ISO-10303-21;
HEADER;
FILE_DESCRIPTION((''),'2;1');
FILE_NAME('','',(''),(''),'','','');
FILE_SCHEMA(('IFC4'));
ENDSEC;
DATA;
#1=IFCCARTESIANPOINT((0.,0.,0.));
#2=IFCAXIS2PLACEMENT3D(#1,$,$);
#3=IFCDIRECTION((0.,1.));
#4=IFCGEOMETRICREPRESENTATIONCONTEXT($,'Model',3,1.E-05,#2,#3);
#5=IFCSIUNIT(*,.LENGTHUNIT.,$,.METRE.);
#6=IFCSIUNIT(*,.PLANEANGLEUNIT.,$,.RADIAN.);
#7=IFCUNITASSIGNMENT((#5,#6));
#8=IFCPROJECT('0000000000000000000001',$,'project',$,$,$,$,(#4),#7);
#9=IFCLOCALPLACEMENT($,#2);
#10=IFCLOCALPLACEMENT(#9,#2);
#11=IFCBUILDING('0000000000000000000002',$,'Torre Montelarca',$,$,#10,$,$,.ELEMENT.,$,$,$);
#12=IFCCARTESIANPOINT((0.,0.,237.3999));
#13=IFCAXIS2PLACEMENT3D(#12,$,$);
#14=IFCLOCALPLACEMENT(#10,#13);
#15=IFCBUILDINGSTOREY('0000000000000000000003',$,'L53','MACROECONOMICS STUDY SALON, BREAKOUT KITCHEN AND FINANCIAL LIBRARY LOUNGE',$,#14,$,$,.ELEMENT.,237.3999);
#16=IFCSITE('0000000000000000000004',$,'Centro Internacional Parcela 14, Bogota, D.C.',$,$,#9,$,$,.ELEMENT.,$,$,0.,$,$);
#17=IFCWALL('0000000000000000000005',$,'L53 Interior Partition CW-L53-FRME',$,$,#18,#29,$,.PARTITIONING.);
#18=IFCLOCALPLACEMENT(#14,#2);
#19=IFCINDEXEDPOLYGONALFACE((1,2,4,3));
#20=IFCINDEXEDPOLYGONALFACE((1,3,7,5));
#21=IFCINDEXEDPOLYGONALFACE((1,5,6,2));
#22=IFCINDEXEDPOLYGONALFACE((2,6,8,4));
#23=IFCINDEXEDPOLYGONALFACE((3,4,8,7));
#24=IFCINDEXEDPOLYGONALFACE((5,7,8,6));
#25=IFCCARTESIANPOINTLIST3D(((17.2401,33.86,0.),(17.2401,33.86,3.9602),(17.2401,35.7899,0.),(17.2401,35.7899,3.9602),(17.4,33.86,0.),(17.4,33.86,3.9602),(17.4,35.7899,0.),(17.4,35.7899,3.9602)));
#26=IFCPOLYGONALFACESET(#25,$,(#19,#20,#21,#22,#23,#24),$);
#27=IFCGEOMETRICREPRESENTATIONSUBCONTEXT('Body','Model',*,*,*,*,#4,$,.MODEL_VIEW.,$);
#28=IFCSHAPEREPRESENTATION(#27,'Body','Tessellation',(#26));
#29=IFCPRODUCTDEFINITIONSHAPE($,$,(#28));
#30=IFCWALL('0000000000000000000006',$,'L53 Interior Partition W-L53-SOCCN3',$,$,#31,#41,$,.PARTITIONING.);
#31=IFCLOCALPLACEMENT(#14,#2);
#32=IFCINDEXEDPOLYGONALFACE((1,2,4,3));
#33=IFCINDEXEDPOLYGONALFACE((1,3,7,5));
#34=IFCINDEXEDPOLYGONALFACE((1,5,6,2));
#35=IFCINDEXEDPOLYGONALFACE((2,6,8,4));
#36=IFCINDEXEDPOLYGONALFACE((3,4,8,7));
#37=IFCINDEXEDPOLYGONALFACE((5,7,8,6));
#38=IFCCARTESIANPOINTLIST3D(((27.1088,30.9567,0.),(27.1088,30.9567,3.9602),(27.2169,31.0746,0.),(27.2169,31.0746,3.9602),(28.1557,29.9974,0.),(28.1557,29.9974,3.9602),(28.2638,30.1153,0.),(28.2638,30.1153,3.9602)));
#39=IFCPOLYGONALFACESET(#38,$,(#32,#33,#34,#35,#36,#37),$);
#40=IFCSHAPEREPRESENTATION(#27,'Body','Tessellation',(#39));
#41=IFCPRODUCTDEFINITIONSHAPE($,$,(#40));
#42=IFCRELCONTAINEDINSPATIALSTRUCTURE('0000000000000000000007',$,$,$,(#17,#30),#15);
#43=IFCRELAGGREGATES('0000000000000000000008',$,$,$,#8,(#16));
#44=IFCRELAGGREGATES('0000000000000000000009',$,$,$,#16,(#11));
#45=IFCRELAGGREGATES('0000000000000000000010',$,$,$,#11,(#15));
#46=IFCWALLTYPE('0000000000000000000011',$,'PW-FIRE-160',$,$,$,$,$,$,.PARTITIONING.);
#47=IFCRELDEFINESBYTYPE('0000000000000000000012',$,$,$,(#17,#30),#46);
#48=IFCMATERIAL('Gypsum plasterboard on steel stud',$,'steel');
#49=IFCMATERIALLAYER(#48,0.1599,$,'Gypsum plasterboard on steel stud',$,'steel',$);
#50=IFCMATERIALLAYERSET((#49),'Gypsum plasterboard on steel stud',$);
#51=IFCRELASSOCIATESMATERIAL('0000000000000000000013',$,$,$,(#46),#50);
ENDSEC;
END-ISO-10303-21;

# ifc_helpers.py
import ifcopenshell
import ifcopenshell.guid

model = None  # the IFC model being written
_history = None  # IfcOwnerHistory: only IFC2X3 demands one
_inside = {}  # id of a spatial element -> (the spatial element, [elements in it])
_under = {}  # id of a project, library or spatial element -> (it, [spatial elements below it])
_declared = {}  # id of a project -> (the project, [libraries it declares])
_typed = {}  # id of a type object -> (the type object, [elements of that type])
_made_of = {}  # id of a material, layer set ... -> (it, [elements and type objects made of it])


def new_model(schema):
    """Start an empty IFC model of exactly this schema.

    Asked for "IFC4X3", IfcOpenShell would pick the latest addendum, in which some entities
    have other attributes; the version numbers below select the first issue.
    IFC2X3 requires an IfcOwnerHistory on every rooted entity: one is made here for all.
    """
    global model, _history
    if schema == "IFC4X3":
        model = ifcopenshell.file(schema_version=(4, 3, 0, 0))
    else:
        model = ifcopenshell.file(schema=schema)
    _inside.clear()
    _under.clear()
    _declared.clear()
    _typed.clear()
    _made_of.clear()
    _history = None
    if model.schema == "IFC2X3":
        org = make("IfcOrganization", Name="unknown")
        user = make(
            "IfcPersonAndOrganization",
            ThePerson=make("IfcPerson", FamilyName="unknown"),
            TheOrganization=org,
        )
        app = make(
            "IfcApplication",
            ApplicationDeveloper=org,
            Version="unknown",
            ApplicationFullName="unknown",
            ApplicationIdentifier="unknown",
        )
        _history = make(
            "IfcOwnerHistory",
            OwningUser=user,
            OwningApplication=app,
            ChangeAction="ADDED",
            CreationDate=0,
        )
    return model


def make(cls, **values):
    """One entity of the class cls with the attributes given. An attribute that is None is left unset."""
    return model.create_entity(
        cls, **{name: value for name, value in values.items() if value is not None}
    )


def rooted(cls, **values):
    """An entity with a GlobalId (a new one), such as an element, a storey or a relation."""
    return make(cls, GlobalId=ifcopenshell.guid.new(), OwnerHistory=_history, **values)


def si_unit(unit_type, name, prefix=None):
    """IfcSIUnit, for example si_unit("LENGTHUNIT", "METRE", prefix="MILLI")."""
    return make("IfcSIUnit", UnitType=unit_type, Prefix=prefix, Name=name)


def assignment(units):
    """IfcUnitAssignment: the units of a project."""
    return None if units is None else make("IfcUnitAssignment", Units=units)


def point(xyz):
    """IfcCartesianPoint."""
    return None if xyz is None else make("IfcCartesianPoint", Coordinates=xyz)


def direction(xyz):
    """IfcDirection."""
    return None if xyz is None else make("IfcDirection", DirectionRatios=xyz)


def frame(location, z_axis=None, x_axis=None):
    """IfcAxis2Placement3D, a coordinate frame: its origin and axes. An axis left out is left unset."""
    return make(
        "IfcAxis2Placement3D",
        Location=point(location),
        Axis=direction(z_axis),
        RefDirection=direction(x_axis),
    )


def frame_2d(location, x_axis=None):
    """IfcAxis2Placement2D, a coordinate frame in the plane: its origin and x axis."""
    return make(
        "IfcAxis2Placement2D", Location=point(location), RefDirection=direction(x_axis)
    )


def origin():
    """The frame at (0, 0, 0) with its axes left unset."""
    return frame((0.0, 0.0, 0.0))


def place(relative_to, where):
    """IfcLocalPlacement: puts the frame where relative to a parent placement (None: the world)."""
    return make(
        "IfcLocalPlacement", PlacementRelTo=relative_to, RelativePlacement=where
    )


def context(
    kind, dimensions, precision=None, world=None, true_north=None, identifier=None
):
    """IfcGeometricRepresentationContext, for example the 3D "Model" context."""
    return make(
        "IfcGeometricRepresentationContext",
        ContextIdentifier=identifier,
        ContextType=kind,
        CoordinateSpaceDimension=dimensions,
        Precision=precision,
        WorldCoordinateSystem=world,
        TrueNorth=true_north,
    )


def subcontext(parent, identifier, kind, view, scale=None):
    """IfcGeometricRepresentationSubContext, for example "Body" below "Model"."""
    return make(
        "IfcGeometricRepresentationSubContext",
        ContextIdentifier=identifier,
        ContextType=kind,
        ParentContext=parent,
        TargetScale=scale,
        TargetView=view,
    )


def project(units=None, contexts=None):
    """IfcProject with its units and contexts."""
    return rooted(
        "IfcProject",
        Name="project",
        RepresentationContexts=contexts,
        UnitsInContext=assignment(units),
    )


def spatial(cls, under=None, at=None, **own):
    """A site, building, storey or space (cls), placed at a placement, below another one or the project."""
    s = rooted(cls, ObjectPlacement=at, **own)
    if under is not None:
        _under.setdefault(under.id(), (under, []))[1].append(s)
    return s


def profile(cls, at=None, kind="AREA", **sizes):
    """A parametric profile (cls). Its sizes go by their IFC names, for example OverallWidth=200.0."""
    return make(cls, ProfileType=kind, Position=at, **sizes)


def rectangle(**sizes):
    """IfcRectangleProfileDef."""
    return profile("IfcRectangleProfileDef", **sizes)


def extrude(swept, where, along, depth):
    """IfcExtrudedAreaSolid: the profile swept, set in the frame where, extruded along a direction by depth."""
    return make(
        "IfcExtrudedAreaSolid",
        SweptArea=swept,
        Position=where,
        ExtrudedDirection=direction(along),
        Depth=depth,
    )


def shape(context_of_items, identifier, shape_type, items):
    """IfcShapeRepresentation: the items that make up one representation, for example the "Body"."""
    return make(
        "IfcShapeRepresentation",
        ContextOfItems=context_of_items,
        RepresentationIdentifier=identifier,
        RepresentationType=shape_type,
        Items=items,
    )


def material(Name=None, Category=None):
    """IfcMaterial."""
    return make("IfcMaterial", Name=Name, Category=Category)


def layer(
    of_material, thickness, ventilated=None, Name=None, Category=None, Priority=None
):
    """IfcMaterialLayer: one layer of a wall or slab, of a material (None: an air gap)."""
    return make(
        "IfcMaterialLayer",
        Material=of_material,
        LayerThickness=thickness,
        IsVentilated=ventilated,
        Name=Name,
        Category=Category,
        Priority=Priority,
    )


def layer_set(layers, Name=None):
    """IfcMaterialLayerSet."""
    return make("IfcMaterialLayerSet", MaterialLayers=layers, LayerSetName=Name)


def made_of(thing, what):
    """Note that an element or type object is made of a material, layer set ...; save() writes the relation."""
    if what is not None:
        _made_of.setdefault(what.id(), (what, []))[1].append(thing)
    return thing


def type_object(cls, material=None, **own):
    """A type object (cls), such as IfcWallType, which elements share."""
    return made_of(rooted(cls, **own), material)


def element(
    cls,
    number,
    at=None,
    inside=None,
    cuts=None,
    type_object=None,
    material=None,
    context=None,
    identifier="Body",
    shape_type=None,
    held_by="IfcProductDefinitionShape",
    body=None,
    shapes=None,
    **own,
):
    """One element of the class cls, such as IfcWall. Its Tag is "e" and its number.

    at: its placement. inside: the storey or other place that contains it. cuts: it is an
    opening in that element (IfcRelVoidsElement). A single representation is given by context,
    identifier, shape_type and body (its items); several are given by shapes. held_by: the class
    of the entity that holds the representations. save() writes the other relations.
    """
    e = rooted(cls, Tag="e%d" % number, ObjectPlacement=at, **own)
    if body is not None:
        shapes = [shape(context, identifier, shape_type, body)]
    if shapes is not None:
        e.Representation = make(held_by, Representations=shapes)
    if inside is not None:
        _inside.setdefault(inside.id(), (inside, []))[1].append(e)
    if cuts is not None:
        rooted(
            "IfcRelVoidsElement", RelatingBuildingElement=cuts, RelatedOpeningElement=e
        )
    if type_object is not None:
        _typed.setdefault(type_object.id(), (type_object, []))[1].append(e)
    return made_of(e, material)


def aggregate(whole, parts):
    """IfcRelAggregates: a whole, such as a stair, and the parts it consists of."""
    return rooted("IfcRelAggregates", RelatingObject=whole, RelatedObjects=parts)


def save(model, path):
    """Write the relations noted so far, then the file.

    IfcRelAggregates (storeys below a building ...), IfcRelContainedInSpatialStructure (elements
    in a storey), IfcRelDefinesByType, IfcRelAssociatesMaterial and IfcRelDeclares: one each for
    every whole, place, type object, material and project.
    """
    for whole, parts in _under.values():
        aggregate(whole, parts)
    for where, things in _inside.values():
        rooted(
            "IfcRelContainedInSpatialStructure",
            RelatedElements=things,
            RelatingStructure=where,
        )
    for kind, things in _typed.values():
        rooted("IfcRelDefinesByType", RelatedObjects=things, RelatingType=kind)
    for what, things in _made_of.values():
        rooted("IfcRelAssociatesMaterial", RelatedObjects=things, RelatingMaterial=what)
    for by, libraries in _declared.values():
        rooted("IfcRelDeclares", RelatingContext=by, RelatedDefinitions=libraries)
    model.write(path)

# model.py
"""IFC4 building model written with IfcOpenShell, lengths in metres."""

from ifc_helpers import new_model, si_unit, direction, frame, frame_2d, origin, place, context, subcontext, project, spatial, rectangle, extrude, material, layer, layer_set, type_object, element, save


model = new_model("IFC4")

# Units and contexts
model_context = context("Model", 3, precision=1e-05, world=origin(), true_north=direction((0.0, 1.0)))
body_context = subcontext(model_context, "Body", "Model", "MODEL_VIEW")
ifc_project = project(units=[si_unit("LENGTHUNIT", "METRE"), si_unit("PLANEANGLEUNIT", "RADIAN")], contexts=[model_context])

# Site, building, storey
site_placement = place(None, origin())
site = spatial("IfcSite", under=ifc_project, at=site_placement, Name="Centro Internacional Parcela 14, Bogota, D.C.", CompositionType="ELEMENT", RefElevation=0.0)
building_placement = place(site_placement, origin())
building = spatial("IfcBuilding", under=site, at=building_placement, Name="Torre Montelarca", CompositionType="ELEMENT")
storey_placement = place(building_placement, frame((0.0, 0.0, 237.3999)))
storey = spatial("IfcBuildingStorey", under=building, at=storey_placement, Name="L53", Description="MACROECONOMICS STUDY SALON, BREAKOUT KITCHEN AND FINANCIAL LIBRARY LOUNGE", CompositionType="ELEMENT", Elevation=237.3999)

# Walls
ifc_material_1 = material(Name="Gypsum plasterboard on steel stud", Category="steel")
ifc_layer_1 = layer(ifc_material_1, 0.1599, Name="Gypsum plasterboard on steel stud", Category="steel")
ifc_layer_set_1 = layer_set([ifc_layer_1], Name="Gypsum plasterboard on steel stud")
wall_type_1 = type_object("IfcWallType", Name="PW-FIRE-160", PredefinedType="PARTITIONING", material=ifc_layer_set_1)
wall_1_placement = place(storey_placement, frame((17.3201, 33.8601, 0.0), z_axis=(0.0, 0.0, 1.0), x_axis=(0.0, 1.0, 0.0)))
element("IfcWall", 1, at=wall_1_placement, inside=storey, type_object=wall_type_1, Name="L53 Interior Partition CW-L53-FRME", PredefinedType="PARTITIONING", context=body_context, shape_type="SweptSolid", body=[
    extrude(rectangle(XDim=1.9299, YDim=0.1599, at=frame_2d((0.9648, 0.0))), origin(), (0.0, 0.0, 1.0), 3.9602),
])
wall_2_placement = place(storey_placement, frame((27.1628, 31.0156, 0.0), z_axis=(0.0, 0.0, 1.0), x_axis=(0.737297, -0.675569, 0.0)))
element("IfcWall", 2, at=wall_2_placement, inside=storey, type_object=wall_type_1, Name="L53 Interior Partition W-L53-SOCCN3", PredefinedType="PARTITIONING", context=body_context, shape_type="SweptSolid", body=[
    extrude(rectangle(XDim=1.4199, YDim=0.1599, at=frame_2d((0.71, 0.0))), origin(), (0.0, 0.0, 1.0), 3.9602),
])

save(model, "model.ifc")
